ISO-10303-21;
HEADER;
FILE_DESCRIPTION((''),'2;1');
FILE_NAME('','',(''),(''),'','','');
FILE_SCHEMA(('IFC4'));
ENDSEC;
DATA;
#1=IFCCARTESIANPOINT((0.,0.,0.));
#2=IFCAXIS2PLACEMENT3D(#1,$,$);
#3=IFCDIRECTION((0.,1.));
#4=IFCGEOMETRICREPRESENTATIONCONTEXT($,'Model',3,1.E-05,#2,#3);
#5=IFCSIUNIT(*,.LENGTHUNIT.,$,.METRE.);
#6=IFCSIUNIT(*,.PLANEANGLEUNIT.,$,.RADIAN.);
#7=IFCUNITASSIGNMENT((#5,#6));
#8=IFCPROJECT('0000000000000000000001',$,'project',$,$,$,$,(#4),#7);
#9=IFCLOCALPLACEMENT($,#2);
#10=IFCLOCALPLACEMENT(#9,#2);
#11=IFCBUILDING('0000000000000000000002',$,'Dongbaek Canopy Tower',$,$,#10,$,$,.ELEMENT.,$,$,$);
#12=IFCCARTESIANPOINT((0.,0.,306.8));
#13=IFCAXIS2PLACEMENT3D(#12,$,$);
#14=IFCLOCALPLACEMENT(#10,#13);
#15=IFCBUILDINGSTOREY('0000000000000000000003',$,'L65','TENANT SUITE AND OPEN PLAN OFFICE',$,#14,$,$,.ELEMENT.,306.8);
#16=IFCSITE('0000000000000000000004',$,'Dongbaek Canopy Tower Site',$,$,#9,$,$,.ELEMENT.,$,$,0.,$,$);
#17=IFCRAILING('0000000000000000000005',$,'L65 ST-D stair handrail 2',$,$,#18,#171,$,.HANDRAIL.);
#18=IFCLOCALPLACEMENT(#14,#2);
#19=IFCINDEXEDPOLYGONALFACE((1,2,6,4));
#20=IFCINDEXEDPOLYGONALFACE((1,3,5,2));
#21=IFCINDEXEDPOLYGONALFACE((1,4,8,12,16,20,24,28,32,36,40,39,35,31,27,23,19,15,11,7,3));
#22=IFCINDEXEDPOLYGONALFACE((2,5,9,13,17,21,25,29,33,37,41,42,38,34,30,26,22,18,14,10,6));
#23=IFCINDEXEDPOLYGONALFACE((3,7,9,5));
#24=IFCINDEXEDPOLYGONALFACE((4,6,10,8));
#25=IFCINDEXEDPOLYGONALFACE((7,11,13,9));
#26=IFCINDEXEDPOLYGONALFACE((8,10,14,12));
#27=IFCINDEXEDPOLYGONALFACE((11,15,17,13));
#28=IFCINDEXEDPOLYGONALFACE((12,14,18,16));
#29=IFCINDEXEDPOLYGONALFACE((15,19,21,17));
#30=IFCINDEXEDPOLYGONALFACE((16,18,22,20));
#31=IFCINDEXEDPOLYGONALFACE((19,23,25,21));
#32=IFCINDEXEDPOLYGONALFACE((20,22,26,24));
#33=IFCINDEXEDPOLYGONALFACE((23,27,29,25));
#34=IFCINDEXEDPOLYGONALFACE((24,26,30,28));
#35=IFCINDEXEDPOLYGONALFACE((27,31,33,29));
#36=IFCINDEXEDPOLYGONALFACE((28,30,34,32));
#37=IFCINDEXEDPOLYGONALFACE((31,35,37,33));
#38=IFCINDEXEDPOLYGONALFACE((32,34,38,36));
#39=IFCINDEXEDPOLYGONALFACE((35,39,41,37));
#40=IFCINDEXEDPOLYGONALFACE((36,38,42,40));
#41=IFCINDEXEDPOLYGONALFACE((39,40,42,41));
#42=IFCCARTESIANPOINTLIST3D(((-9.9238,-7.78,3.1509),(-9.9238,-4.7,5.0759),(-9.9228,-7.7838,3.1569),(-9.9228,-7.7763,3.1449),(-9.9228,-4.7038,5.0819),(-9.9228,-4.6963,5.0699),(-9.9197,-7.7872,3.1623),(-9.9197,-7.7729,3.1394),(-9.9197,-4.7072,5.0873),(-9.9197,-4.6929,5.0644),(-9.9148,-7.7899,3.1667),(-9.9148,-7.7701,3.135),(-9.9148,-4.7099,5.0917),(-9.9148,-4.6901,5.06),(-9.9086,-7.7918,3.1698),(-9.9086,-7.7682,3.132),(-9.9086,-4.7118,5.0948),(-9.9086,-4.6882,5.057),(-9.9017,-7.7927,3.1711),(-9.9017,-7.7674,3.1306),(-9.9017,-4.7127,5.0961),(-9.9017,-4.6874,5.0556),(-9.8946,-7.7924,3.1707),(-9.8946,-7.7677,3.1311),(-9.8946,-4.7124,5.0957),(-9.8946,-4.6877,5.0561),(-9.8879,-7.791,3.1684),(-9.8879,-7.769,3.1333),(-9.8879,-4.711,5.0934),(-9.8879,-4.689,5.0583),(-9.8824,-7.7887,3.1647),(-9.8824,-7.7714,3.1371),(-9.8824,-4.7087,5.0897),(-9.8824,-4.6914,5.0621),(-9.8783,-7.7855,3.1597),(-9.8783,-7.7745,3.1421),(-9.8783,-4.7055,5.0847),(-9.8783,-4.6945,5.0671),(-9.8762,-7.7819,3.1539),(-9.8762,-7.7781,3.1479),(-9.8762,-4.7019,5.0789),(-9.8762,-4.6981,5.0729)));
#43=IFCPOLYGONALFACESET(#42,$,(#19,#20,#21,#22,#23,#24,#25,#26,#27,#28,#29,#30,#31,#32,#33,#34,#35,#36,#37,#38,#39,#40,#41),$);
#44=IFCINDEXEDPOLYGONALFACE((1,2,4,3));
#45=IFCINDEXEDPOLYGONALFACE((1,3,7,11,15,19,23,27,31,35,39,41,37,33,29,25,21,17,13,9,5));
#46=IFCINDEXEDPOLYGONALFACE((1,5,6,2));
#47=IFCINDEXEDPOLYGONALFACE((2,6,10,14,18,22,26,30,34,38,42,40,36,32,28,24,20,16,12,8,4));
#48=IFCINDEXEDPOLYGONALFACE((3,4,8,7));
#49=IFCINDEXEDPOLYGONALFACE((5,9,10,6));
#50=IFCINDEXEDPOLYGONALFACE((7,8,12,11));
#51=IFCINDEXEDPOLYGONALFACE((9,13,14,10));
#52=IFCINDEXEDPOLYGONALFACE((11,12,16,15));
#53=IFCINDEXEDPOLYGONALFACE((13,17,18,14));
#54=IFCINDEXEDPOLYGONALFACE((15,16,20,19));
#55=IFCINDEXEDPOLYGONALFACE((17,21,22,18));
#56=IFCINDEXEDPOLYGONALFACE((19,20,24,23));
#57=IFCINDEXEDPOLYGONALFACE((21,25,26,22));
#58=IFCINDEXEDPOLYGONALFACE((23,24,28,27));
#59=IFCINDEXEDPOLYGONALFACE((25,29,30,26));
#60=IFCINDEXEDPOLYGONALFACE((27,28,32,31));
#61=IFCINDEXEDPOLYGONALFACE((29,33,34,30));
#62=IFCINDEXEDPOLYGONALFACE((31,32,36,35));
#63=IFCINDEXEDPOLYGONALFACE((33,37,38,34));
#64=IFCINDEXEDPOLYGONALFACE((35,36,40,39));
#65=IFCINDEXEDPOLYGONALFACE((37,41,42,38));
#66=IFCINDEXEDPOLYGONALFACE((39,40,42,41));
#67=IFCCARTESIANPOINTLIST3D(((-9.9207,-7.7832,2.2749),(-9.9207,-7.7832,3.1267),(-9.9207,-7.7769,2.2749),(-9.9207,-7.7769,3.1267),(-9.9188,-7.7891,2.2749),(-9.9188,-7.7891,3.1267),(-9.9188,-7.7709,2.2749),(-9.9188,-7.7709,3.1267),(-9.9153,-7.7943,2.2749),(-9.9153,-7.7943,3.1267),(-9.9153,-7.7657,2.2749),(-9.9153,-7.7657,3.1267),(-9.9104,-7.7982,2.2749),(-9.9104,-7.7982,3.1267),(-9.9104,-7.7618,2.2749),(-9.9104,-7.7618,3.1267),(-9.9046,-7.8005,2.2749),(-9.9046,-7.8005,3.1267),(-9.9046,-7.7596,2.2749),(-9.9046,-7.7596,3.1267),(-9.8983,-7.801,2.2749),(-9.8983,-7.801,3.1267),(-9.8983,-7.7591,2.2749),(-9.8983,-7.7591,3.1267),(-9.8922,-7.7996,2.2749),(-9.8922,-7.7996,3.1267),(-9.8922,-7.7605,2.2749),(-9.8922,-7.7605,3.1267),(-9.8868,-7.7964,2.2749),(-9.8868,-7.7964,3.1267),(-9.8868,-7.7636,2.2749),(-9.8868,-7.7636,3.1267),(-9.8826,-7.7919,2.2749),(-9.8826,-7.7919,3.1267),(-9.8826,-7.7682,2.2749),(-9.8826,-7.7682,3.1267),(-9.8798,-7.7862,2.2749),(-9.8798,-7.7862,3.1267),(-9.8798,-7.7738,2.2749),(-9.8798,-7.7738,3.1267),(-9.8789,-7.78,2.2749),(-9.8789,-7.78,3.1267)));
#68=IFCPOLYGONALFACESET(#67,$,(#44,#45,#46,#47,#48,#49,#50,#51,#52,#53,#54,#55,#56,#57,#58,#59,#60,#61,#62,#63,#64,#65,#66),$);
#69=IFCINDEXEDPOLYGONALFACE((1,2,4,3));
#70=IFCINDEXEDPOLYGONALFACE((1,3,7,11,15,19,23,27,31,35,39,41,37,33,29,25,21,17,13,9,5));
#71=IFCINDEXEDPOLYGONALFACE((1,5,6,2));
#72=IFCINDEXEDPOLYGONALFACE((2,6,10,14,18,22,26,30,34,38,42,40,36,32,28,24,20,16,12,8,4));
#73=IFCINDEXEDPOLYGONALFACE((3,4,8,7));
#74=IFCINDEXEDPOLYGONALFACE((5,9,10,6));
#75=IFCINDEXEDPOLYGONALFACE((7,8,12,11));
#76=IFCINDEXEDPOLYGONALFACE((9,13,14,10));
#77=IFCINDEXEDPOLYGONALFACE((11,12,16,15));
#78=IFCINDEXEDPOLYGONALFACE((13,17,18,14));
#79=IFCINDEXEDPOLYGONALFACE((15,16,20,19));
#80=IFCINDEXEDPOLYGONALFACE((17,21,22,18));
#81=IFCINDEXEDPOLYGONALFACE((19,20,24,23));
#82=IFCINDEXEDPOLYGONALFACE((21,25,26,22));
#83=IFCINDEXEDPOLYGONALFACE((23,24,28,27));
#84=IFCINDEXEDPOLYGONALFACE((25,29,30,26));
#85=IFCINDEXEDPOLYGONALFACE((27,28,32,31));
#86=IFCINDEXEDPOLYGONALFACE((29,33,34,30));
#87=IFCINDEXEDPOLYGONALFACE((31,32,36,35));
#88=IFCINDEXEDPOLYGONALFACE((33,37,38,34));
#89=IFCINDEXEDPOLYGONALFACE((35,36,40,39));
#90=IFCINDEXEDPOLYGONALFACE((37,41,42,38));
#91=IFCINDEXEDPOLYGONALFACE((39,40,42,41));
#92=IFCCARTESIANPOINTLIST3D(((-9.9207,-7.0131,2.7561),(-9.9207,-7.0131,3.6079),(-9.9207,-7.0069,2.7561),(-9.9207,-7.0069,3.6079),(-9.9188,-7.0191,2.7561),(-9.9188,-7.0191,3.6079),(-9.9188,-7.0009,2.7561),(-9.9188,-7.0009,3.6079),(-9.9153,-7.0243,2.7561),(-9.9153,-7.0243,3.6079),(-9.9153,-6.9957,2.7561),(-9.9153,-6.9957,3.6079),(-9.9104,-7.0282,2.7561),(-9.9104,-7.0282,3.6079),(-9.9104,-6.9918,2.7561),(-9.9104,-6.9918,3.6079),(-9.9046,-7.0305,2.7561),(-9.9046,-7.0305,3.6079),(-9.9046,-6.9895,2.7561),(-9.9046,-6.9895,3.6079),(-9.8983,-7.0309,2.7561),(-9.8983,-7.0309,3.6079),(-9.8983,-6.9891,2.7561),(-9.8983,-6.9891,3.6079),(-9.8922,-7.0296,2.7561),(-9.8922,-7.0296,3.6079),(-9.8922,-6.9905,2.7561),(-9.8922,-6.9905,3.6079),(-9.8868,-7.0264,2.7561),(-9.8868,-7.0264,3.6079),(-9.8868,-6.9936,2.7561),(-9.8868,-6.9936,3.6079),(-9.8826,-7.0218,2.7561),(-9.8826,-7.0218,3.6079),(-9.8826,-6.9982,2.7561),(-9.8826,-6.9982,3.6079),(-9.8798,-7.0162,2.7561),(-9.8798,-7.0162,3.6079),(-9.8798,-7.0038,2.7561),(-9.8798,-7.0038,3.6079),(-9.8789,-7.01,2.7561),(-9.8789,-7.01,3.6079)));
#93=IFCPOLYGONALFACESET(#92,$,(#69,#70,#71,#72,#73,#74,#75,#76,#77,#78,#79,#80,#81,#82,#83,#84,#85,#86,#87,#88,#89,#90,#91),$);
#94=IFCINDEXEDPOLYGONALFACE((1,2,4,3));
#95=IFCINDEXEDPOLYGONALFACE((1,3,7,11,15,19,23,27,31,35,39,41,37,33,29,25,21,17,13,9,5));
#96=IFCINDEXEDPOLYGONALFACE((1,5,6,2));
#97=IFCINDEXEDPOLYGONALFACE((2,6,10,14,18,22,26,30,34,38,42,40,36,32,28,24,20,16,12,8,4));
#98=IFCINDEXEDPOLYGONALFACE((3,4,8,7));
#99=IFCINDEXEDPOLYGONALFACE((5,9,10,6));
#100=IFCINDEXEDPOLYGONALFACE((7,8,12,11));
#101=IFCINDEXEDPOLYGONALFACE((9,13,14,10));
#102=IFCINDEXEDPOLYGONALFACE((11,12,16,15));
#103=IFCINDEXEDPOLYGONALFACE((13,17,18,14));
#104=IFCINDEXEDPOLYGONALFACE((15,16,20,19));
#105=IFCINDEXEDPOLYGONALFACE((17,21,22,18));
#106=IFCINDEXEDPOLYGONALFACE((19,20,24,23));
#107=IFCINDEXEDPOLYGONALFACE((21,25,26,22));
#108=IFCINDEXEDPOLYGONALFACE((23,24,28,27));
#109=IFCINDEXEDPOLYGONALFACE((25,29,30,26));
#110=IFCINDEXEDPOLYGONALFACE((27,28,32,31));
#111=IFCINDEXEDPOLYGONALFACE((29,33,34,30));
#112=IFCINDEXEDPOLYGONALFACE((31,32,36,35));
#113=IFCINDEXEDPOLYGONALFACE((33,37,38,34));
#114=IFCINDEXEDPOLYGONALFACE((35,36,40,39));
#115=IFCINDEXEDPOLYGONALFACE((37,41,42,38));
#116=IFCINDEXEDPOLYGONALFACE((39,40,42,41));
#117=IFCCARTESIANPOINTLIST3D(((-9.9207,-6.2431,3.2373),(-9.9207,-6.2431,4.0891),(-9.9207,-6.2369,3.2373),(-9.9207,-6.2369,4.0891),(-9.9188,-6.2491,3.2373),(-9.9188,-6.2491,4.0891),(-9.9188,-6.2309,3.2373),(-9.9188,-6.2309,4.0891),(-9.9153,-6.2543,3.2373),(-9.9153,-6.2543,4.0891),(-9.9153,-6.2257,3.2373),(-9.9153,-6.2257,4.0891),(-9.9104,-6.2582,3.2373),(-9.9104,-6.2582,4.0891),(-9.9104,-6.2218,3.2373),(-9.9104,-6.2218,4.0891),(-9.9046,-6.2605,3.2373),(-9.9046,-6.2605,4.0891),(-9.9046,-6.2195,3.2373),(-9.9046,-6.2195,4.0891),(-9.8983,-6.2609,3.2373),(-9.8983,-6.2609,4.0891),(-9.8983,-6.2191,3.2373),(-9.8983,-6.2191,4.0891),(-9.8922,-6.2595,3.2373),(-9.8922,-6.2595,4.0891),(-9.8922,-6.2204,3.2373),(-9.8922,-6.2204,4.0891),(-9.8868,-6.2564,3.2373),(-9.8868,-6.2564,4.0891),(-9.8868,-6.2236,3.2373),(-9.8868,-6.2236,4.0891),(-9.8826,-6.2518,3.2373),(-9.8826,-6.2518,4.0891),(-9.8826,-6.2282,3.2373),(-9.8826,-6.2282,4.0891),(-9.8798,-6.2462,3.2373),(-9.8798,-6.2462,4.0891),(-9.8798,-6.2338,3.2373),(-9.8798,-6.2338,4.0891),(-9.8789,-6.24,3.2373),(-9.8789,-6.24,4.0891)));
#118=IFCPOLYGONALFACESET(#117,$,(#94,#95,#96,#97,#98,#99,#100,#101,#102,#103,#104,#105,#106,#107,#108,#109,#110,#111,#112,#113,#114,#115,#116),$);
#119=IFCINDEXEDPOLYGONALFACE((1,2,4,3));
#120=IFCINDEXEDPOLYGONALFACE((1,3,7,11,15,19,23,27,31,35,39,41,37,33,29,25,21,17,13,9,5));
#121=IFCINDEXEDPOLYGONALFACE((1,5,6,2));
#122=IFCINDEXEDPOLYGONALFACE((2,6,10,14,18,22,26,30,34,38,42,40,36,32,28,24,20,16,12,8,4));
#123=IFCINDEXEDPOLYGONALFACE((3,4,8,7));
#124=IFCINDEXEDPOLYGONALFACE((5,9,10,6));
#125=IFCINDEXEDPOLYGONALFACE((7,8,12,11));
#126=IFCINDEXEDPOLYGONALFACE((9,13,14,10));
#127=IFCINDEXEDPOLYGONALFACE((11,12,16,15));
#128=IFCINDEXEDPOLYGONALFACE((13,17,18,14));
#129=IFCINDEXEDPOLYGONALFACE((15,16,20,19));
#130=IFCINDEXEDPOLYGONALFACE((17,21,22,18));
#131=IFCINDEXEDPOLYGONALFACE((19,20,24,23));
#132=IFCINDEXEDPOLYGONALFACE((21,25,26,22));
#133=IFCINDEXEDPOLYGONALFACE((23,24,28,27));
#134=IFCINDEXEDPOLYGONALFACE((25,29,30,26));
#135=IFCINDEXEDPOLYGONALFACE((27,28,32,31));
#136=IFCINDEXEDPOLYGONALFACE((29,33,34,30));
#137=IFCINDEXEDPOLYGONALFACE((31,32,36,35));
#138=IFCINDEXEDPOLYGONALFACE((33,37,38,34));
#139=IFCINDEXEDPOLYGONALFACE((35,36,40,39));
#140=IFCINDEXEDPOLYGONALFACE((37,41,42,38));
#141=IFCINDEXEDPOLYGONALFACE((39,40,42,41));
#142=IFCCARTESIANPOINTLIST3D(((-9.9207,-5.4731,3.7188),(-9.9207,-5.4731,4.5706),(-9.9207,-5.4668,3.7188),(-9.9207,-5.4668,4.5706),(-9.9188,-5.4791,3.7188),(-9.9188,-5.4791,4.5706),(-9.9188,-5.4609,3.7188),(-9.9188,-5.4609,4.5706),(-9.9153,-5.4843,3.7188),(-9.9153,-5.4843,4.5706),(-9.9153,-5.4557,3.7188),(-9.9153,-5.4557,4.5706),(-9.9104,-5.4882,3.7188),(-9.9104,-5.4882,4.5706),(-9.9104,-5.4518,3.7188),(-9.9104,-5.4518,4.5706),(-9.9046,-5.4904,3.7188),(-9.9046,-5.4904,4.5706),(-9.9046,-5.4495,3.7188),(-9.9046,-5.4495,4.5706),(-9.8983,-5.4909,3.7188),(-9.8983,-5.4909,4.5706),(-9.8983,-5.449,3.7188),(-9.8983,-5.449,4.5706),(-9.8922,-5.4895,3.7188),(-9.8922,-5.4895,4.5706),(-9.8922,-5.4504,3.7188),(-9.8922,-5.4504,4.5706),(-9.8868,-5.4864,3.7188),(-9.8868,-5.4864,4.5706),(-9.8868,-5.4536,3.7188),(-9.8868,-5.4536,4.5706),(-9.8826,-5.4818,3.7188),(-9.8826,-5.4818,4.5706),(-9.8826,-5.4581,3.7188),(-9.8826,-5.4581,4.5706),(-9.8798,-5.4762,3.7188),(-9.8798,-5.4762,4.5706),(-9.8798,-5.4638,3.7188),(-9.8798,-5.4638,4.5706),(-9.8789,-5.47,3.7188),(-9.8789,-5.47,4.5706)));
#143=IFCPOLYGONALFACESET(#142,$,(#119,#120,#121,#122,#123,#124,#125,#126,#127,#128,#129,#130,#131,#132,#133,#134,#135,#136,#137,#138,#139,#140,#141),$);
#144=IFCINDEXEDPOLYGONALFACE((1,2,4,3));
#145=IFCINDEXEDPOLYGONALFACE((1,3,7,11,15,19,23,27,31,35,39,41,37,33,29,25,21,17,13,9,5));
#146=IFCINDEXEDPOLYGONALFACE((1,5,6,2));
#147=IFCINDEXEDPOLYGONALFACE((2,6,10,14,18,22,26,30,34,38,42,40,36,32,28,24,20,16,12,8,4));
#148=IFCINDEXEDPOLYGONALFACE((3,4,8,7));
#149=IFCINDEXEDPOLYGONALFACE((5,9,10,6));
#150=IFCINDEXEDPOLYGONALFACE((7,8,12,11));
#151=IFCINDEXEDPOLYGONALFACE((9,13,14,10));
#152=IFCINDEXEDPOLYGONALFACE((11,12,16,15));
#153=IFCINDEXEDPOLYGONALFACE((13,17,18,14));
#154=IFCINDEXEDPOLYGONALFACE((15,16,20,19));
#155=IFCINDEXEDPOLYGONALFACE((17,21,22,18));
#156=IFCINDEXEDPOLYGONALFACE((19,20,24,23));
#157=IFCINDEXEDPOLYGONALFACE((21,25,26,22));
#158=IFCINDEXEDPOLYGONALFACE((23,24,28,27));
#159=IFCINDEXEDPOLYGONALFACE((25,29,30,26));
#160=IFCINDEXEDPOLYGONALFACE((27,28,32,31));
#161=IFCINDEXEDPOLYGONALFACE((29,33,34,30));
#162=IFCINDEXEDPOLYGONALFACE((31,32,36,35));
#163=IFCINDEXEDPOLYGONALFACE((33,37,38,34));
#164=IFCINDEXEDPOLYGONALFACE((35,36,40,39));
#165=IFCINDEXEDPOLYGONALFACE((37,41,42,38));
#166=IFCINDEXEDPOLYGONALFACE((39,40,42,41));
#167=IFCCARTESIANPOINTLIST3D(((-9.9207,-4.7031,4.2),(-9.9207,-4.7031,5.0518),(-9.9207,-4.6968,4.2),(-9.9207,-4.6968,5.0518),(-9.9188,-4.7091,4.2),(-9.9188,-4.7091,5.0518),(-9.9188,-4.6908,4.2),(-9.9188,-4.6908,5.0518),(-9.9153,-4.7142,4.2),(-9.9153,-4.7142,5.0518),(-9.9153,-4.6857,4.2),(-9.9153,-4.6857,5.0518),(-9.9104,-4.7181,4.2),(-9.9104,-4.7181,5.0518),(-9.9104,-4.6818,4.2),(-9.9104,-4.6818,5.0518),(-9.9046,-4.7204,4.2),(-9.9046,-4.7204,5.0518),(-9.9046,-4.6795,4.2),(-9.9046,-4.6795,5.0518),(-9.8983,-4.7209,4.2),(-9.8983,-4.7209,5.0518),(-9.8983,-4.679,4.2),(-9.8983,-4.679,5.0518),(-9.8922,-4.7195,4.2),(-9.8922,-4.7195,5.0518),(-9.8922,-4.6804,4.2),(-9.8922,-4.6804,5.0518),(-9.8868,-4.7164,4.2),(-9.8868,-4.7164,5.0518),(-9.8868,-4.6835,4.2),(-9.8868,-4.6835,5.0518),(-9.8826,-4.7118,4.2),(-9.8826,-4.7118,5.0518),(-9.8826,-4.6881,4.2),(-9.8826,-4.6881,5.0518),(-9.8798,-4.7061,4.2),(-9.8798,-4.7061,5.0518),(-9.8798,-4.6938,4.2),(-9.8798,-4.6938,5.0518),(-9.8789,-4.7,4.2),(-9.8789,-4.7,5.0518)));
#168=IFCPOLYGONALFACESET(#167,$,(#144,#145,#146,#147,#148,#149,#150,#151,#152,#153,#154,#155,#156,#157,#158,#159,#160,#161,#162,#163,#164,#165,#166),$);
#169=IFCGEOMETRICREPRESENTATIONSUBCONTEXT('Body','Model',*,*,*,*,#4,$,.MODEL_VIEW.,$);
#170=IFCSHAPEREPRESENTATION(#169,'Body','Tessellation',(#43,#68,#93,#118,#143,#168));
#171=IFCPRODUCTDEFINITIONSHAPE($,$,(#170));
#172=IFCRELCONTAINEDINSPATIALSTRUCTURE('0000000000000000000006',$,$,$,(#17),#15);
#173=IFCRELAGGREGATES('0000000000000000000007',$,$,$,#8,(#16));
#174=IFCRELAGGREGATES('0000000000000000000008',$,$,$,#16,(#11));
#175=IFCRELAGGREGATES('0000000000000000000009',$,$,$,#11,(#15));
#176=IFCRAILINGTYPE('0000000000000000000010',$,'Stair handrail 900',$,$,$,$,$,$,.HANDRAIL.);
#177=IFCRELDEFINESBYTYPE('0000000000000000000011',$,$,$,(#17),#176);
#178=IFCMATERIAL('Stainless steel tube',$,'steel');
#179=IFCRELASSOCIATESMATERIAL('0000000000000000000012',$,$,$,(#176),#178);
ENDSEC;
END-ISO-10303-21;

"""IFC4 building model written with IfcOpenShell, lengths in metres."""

from ifc_helpers import new_model, si_unit, direction, frame, origin, origin_2d, place, context, subcontext, project, spatial, circle, extrude, material, type_object, element, save


model = new_model("IFC4")

# Units and contexts
model_context = context("Model", 3, precision=1e-05, world=origin(), true_north=direction((0.0, 1.0)))
body_context = subcontext(model_context, "Body", "Model", "MODEL_VIEW")
ifc_project = project(units=[si_unit("LENGTHUNIT", "METRE"), si_unit("PLANEANGLEUNIT", "RADIAN")], contexts=[model_context])

# Site, building, storey
site_placement = place(None, origin())
site = spatial("IfcSite", under=ifc_project, at=site_placement, Name="Dongbaek Canopy Tower Site", CompositionType="ELEMENT", RefElevation=0.0)
building_placement = place(site_placement, origin())
building = spatial("IfcBuilding", under=site, at=building_placement, Name="Dongbaek Canopy Tower", CompositionType="ELEMENT")
storey_placement = place(building_placement, frame((0.0, 0.0, 306.8)))
storey = spatial("IfcBuildingStorey", under=building, at=storey_placement, Name="L65", Description="TENANT SUITE AND OPEN PLAN OFFICE", CompositionType="ELEMENT", Elevation=306.8)

# Railing
ifc_material_1 = material(Name="Stainless steel tube", Category="steel")
railing_type_1 = type_object("IfcRailingType", Name="Stair handrail 900", PredefinedType="HANDRAIL", material=ifc_material_1)
railing_1_placement = place(storey_placement, frame((-9.8999, -7.78, 2.2749)))
element("IfcRailing", 1, at=railing_1_placement, inside=storey, type_object=railing_type_1, Name="L65 ST-D stair handrail 2", PredefinedType="HANDRAIL", context=body_context, shape_type="SweptSolid", body=[
    extrude(circle(Radius=0.0239, at=origin_2d()), frame((0.0, 0.0, 0.876), z_axis=(0.0, 0.847998, 0.529999), x_axis=(-1.0, 0.0, 0.0)), (0.0, 0.0, 1.0), 3.6321),
    extrude(circle(Radius=0.021, at=origin_2d()), origin(), (0.0, 0.0, 1.0), 0.8518),
    extrude(circle(Radius=0.021, at=origin_2d()), frame((0.0, 0.77, 0.4812)), (0.0, 0.0, 1.0), 0.8518),
    extrude(circle(Radius=0.021, at=origin_2d()), frame((0.0, 1.54, 0.9624)), (0.0, 0.0, 1.0), 0.8518),
    extrude(circle(Radius=0.021, at=origin_2d()), frame((0.0, 2.3101, 1.4438)), (0.0, 0.0, 1.0), 0.8518),
    extrude(circle(Radius=0.021, at=origin_2d()), frame((0.0, 3.0801, 1.925)), (0.0, 0.0, 1.0), 0.8518),
])

save(model, "model.ifc")
